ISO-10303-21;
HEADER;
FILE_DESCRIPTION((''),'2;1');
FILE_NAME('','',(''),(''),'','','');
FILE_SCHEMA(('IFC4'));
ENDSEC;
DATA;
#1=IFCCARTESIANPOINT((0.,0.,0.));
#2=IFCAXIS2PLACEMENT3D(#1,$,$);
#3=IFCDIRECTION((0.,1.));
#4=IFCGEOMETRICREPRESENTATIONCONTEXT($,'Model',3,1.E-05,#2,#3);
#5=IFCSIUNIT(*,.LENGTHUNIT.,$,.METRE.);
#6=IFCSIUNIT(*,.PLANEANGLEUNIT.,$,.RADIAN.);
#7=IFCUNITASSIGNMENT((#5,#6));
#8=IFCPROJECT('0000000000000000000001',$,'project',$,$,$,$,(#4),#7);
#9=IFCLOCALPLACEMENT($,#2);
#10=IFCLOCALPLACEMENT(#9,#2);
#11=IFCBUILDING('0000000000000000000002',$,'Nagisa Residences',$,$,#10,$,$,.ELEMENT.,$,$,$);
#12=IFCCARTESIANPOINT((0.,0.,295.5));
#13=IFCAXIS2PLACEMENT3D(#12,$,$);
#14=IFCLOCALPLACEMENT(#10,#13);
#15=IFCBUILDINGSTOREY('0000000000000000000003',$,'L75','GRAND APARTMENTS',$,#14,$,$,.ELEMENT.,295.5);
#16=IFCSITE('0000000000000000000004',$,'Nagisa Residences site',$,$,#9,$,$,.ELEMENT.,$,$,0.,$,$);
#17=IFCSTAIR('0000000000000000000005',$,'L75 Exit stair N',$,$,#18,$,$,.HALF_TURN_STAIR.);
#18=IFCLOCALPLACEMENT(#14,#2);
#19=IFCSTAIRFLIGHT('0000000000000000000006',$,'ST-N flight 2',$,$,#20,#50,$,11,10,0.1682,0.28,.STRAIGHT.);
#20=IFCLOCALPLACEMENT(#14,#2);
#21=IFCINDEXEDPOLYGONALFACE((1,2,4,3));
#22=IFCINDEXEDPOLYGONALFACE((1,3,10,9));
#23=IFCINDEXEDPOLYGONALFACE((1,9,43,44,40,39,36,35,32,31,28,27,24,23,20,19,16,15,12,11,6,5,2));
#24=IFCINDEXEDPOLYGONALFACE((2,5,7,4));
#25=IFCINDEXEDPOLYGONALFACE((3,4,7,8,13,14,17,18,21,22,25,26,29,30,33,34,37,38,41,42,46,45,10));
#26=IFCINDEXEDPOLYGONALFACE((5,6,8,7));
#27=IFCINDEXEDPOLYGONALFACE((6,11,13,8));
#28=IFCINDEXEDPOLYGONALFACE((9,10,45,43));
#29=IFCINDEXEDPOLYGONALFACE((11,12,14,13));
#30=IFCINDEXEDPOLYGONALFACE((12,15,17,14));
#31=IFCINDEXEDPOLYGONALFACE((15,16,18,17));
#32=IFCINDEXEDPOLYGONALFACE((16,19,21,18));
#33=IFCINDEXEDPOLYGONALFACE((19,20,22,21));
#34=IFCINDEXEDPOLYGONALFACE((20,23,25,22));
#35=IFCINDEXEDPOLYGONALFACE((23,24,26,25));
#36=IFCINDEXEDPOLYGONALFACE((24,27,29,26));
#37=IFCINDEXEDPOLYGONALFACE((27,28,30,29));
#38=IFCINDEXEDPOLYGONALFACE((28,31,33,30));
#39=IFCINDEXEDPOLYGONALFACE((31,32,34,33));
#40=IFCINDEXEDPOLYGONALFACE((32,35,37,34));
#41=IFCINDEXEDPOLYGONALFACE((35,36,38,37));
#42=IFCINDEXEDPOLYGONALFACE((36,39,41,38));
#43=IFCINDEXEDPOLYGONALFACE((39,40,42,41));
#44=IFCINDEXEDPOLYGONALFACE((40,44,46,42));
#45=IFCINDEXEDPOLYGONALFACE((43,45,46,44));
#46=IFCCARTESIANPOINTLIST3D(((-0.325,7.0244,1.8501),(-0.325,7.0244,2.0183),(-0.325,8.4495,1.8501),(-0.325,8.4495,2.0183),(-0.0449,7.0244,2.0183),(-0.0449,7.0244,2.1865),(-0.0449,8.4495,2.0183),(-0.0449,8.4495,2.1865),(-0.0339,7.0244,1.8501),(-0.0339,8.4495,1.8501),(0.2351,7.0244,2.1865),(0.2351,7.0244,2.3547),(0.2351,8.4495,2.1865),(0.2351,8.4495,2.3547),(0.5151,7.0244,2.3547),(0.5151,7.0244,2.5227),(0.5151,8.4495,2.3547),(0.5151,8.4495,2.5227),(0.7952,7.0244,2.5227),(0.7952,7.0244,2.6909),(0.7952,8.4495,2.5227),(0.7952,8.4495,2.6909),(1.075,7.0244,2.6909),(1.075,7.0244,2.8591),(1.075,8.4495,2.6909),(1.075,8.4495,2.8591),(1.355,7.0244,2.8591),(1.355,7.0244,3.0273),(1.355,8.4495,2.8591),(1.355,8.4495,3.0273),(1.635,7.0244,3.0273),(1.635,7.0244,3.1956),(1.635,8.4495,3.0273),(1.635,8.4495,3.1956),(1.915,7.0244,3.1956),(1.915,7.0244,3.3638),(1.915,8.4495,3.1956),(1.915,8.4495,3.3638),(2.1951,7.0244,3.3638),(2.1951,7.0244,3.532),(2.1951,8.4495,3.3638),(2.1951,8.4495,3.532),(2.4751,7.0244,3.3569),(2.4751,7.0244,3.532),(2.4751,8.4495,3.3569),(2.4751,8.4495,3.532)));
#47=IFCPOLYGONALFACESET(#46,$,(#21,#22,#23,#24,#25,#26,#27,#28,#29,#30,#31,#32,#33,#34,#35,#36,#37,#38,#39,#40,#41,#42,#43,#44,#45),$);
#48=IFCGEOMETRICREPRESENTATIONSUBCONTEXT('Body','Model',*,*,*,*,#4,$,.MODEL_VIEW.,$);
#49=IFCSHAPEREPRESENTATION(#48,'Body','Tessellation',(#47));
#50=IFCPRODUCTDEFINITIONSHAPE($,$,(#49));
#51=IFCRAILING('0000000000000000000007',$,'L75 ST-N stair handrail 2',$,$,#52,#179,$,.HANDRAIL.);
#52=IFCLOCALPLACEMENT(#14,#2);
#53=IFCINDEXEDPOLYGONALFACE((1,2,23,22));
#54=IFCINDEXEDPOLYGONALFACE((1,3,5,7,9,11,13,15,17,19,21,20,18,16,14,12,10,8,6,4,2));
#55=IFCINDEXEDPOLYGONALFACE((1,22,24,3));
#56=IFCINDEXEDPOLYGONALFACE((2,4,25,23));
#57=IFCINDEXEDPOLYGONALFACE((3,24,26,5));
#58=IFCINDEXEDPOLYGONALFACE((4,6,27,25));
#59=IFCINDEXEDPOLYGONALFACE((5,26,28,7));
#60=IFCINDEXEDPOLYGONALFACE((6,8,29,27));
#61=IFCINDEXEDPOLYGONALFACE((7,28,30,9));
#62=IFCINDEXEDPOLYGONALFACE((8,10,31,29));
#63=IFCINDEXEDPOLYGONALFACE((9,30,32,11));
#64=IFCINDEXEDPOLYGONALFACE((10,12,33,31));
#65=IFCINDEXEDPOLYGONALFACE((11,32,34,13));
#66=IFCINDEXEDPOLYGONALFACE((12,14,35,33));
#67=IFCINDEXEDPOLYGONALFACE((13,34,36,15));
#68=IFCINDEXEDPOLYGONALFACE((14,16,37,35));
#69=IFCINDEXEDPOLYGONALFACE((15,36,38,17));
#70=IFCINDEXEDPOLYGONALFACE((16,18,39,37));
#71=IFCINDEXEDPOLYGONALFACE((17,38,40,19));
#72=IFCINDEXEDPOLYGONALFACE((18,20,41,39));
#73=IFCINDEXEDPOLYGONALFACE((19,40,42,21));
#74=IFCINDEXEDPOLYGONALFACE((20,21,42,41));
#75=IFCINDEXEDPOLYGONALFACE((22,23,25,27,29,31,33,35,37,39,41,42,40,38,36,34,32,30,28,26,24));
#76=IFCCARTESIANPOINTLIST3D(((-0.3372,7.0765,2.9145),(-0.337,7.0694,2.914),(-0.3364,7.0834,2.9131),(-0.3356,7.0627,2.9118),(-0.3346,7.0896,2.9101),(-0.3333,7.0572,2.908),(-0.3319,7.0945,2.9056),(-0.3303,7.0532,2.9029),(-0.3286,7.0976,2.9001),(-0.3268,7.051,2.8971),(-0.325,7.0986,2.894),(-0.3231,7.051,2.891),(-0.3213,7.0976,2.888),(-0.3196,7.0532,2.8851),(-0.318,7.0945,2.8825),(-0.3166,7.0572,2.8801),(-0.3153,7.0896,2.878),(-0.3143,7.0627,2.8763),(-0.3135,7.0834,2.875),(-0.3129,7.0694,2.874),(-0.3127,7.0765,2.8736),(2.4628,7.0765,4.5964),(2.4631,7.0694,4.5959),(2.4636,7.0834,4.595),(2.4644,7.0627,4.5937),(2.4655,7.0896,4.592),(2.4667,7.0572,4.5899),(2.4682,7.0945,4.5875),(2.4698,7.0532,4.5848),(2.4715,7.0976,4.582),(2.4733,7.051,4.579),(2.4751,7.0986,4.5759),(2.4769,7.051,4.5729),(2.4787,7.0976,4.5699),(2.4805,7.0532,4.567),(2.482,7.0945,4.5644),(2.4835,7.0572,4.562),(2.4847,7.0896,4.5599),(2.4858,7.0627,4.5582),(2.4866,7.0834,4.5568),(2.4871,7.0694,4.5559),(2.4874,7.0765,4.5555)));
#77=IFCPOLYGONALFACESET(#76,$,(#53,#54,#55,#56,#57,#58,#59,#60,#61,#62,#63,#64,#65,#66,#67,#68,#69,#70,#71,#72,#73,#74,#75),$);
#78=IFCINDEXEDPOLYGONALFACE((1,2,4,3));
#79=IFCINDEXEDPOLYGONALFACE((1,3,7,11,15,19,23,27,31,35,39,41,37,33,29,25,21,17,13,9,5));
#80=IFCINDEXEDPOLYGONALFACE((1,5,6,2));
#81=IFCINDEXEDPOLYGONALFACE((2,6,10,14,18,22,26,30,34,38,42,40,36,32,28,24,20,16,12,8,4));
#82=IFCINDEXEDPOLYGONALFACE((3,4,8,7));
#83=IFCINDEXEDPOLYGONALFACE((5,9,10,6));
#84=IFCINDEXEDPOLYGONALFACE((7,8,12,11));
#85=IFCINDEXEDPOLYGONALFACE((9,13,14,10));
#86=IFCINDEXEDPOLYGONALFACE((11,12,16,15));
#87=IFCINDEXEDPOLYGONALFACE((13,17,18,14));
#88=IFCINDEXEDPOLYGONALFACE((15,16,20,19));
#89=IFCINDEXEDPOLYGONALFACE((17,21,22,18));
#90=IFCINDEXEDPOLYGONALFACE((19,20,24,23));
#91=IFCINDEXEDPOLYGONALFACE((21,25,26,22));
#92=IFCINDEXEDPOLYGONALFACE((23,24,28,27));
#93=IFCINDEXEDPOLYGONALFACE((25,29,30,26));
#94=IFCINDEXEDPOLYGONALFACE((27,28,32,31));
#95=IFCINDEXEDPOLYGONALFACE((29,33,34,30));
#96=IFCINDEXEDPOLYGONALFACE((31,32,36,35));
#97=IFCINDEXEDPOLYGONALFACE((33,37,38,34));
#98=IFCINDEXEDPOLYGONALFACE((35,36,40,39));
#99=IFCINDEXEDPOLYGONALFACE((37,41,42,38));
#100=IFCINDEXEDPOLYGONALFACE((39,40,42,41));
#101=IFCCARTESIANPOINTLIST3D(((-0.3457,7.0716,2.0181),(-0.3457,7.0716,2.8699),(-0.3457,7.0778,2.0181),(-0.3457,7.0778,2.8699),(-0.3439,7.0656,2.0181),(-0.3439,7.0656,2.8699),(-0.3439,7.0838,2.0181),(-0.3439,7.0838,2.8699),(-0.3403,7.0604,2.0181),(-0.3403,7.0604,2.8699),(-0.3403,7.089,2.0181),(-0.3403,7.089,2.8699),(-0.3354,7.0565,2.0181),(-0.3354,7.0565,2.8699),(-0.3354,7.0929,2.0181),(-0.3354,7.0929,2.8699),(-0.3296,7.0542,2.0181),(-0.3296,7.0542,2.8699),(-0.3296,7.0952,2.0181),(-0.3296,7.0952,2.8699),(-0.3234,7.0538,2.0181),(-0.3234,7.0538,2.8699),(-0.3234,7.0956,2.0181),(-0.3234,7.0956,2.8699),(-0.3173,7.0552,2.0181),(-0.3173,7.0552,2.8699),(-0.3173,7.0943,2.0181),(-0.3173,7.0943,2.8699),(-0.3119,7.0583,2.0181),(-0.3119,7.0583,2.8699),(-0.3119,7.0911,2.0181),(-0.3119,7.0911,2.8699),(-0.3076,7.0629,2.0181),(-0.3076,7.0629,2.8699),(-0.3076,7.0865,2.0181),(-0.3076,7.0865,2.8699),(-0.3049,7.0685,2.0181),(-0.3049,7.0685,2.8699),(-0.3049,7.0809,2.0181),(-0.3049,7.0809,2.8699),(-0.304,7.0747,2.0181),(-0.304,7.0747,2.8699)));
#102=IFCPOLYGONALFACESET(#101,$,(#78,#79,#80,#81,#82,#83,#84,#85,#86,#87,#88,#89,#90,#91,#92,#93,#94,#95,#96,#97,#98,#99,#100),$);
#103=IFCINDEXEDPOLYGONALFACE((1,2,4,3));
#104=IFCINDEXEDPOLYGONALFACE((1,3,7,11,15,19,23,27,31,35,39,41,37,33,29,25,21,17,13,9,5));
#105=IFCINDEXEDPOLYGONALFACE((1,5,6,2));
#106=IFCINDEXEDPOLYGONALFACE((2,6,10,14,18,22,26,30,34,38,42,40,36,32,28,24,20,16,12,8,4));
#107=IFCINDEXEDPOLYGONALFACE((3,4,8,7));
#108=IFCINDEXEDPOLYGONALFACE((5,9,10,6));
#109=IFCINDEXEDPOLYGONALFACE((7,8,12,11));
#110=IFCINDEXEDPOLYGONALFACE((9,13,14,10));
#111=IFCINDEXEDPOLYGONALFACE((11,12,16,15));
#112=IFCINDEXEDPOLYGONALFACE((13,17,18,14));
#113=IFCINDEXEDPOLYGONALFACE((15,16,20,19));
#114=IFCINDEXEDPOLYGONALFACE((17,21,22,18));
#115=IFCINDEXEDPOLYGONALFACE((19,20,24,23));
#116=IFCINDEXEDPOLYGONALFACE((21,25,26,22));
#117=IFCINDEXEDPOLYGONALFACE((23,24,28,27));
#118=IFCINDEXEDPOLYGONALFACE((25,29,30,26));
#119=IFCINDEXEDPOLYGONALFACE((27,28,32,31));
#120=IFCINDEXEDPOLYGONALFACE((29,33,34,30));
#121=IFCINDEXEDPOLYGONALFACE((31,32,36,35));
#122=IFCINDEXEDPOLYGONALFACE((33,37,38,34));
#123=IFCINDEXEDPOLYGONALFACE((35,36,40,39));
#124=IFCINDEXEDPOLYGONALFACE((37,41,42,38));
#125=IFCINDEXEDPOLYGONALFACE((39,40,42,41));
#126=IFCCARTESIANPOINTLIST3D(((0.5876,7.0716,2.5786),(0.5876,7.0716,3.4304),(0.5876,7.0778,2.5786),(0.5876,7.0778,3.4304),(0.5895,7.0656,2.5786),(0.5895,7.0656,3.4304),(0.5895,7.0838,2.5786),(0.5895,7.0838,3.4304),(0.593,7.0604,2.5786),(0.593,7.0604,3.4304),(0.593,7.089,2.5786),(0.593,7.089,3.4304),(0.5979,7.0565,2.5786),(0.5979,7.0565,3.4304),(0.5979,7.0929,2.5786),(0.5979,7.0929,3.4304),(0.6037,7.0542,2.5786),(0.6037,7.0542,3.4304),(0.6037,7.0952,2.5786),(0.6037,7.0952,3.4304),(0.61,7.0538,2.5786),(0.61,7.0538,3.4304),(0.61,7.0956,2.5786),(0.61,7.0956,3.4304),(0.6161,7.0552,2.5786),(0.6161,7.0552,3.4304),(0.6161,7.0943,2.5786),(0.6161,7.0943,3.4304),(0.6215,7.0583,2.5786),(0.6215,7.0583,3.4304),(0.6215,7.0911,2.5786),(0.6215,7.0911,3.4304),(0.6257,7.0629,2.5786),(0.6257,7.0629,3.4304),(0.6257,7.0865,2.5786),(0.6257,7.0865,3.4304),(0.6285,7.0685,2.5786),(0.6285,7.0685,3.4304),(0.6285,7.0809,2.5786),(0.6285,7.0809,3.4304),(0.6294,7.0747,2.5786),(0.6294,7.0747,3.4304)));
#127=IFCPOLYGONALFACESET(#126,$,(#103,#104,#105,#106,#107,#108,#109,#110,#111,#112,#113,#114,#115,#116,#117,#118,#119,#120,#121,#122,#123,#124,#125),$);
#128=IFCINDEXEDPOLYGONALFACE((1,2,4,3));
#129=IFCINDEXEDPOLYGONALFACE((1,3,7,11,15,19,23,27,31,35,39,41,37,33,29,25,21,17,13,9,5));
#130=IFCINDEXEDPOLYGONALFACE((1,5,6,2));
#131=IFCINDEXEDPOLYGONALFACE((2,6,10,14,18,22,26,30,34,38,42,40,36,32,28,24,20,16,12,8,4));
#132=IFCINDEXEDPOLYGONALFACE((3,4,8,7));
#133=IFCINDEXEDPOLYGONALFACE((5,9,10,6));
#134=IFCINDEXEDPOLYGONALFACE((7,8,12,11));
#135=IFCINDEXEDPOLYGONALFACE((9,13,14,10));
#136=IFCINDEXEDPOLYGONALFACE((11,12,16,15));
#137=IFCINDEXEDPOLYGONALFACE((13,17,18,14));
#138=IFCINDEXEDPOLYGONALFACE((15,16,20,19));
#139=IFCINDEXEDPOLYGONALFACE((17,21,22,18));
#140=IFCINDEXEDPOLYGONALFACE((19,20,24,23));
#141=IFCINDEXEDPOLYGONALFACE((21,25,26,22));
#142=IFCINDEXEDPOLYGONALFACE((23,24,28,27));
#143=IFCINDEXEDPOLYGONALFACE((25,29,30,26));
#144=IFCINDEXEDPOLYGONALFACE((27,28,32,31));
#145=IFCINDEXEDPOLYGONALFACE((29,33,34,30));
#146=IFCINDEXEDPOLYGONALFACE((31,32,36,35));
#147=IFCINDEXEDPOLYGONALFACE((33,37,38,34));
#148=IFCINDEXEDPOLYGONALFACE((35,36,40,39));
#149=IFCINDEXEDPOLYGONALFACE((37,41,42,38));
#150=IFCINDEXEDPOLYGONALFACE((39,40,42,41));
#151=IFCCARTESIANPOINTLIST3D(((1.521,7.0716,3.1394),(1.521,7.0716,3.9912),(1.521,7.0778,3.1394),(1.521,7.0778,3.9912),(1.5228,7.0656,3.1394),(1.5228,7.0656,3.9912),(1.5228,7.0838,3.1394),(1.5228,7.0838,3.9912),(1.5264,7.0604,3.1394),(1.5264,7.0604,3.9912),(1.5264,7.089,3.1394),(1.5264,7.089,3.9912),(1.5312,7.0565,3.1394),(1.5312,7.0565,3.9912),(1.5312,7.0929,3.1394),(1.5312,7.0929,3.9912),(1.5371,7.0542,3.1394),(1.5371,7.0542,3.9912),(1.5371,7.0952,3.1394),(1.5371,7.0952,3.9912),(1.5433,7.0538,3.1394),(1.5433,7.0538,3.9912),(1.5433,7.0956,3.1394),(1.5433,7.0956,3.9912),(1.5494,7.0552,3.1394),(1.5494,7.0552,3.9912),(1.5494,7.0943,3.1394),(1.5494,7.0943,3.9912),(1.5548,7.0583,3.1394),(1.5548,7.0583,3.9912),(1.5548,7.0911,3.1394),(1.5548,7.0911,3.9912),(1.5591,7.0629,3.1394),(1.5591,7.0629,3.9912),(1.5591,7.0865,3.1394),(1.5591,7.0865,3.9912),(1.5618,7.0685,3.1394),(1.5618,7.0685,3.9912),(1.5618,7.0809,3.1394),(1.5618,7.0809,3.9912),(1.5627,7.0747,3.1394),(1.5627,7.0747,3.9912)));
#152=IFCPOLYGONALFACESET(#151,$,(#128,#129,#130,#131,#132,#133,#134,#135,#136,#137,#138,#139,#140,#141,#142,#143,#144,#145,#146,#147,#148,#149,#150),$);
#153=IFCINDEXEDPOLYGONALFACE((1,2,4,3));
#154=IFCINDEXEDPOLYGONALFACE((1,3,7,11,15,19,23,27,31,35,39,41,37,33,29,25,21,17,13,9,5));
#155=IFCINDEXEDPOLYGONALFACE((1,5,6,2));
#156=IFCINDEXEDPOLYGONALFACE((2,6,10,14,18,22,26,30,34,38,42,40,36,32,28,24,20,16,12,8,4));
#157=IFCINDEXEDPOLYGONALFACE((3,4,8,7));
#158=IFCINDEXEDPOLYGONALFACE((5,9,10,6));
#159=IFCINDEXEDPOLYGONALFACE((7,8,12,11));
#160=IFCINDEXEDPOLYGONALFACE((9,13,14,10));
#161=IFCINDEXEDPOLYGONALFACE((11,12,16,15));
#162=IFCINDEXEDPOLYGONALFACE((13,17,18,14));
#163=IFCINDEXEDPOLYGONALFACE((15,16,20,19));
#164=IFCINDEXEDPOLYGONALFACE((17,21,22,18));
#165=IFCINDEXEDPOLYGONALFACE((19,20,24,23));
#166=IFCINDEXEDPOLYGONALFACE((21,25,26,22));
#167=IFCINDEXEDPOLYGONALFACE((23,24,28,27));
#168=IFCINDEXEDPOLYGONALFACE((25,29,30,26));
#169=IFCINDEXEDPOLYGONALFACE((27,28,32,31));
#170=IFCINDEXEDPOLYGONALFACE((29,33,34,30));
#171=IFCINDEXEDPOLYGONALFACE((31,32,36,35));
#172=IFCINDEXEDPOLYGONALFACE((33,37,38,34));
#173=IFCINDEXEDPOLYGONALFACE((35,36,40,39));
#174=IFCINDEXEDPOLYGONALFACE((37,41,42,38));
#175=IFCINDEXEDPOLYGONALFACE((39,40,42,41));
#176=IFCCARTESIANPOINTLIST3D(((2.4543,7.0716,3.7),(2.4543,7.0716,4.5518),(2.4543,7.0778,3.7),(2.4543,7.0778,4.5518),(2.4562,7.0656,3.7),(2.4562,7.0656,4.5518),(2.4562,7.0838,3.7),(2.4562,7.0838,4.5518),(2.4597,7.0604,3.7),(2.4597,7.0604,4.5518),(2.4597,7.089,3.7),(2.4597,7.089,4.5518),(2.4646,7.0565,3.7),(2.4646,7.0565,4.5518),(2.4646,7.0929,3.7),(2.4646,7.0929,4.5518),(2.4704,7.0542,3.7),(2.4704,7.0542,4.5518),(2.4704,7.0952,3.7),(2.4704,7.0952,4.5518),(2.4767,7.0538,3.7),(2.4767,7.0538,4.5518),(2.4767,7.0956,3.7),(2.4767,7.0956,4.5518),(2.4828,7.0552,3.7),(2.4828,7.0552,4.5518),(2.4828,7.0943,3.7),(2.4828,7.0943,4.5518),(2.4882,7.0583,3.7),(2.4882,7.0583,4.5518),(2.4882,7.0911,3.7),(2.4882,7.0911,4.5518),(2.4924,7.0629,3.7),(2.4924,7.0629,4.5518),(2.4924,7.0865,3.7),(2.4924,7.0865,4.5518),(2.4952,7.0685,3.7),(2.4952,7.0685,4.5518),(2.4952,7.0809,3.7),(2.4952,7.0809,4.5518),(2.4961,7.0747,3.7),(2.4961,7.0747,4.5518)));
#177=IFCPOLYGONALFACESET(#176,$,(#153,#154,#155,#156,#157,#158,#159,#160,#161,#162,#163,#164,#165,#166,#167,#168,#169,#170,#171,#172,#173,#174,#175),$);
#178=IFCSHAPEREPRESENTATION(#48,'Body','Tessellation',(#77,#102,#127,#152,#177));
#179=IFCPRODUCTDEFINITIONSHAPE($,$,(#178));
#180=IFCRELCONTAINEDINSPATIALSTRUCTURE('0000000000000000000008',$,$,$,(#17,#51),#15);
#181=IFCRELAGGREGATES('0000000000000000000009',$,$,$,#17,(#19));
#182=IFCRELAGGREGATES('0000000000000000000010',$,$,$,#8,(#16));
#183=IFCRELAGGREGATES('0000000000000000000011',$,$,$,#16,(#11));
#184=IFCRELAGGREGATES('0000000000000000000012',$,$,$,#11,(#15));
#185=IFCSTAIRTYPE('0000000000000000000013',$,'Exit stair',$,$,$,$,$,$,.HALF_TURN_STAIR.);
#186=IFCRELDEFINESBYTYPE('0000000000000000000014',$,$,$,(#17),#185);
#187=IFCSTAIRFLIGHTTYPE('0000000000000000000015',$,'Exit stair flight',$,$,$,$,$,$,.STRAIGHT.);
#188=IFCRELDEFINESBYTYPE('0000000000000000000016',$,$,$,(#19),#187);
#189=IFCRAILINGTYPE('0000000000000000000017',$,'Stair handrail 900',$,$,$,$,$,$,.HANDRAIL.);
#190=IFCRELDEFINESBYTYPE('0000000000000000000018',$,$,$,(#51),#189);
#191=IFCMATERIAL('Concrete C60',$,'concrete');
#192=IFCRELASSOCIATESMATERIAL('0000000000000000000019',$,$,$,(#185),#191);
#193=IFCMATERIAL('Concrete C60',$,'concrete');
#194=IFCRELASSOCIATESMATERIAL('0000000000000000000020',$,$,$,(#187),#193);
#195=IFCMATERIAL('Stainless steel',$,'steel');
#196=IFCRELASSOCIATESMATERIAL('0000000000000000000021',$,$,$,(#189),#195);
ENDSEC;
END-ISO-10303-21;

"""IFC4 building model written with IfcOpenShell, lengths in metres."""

from ifc_helpers import new_model, si_unit, direction, frame, origin, origin_2d, place, context, subcontext, project, spatial, polyline, circle, outline, extrude, material, type_object, element, aggregate, save


model = new_model("IFC4")

# Units and contexts
model_context = context("Model", 3, precision=1e-05, world=origin(), true_north=direction((0.0, 1.0)))
body_context = subcontext(model_context, "Body", "Model", "MODEL_VIEW")
ifc_project = project(units=[si_unit("LENGTHUNIT", "METRE"), si_unit("PLANEANGLEUNIT", "RADIAN")], contexts=[model_context])

# Site, building, storey
site_placement = place(None, origin())
site = spatial("IfcSite", under=ifc_project, at=site_placement, Name="Nagisa Residences site", CompositionType="ELEMENT", RefElevation=0.0)
building_placement = place(site_placement, origin())
building = spatial("IfcBuilding", under=site, at=building_placement, Name="Nagisa Residences", CompositionType="ELEMENT")
storey_placement = place(building_placement, frame((0.0, 0.0, 295.5)))
storey = spatial("IfcBuildingStorey", under=building, at=storey_placement, Name="L75", Description="GRAND APARTMENTS", CompositionType="ELEMENT", Elevation=295.5)

# Stair, stair flight
ifc_material_1 = material(Name="Concrete C60", Category="concrete")
stair_type = type_object("IfcStairType", Name="Exit stair", PredefinedType="HALF_TURN_STAIR", material=ifc_material_1)
stair_placement = place(storey_placement, origin())
stair = element("IfcStair", 1, at=stair_placement, inside=storey, type_object=stair_type, Name="L75 Exit stair N", PredefinedType="HALF_TURN_STAIR")
ifc_material_2 = material(Name="Concrete C60", Category="concrete")
stair_flight_type = type_object("IfcStairFlightType", Name="Exit stair flight", PredefinedType="STRAIGHT", material=ifc_material_2)
stair_flight_placement = place(storey_placement, frame((-0.325, 7.7371, 1.8501), z_axis=(0.0, 0.0, 1.0), x_axis=(1.0, 0.0, 0.0)))
stair_flight = element("IfcStairFlight", 2, at=stair_flight_placement, type_object=stair_flight_type, Name="ST-N flight 2", NumberOfRisers=11, NumberOfTreads=10, PredefinedType="STRAIGHT", RiserHeight=0.1682, TreadLength=0.28, context=body_context, shape_type="SweptSolid", body=[
    extrude(outline(polyline([(0.0, 0.0), (0.0, 0.1682), (0.28, 0.1682), (0.28, 0.3364), (0.5601, 0.3364), (0.5601, 0.5046), (0.8401, 0.5046), (0.8401, 0.6726), (1.1201, 0.6726), (1.1201, 0.8408), (1.3999, 0.8408), (1.3999, 1.009), (1.6799, 1.009), (1.6799, 1.1772), (1.96, 1.1772), (1.96, 1.3455), (2.24, 1.3455), (2.24, 1.5137), (2.52, 1.5137), (2.52, 1.6819), (2.8, 1.6819), (2.8, 1.8501), (2.8, 1.5068), (0.291, 0.0), (0.0, 0.0)])), frame((0.0, 0.7124, 0.0), z_axis=(0.0, -1.0, 0.0), x_axis=(1.0, 0.0, 0.0)), (0.0, 0.0, 1.0), 1.425),
])
aggregate(stair, [stair_flight])

# Railing
ifc_material_3 = material(Name="Stainless steel", Category="steel")
railing_type = type_object("IfcRailingType", Name="Stair handrail 900", PredefinedType="HANDRAIL", material=ifc_material_3)
railing_placement = place(storey_placement, frame((-0.325, 7.0747, 2.0181)))
element("IfcRailing", 3, at=railing_placement, inside=storey, type_object=railing_type, Name="L75 ST-N stair handrail 2", PredefinedType="HANDRAIL", context=body_context, shape_type="SweptSolid", body=[
    extrude(circle(Radius=0.0239, at=origin_2d()), frame((0.0, 0.0, 0.876), z_axis=(0.857242, 0.0, 0.514913), x_axis=(0.0, 1.0, 0.0)), (0.0, 0.0, 1.0), 3.2664),
    extrude(circle(Radius=0.021, at=origin_2d()), origin(), (0.0, 0.0, 1.0), 0.8518),
    extrude(circle(Radius=0.021, at=origin_2d()), frame((0.9333, 0.0, 0.5605)), (0.0, 0.0, 1.0), 0.8518),
    extrude(circle(Radius=0.021, at=origin_2d()), frame((1.8667, 0.0, 1.1213)), (0.0, 0.0, 1.0), 0.8518),
    extrude(circle(Radius=0.021, at=origin_2d()), frame((2.8, 0.0, 1.6819)), (0.0, 0.0, 1.0), 0.8518),
])

save(model, "model.ifc")
